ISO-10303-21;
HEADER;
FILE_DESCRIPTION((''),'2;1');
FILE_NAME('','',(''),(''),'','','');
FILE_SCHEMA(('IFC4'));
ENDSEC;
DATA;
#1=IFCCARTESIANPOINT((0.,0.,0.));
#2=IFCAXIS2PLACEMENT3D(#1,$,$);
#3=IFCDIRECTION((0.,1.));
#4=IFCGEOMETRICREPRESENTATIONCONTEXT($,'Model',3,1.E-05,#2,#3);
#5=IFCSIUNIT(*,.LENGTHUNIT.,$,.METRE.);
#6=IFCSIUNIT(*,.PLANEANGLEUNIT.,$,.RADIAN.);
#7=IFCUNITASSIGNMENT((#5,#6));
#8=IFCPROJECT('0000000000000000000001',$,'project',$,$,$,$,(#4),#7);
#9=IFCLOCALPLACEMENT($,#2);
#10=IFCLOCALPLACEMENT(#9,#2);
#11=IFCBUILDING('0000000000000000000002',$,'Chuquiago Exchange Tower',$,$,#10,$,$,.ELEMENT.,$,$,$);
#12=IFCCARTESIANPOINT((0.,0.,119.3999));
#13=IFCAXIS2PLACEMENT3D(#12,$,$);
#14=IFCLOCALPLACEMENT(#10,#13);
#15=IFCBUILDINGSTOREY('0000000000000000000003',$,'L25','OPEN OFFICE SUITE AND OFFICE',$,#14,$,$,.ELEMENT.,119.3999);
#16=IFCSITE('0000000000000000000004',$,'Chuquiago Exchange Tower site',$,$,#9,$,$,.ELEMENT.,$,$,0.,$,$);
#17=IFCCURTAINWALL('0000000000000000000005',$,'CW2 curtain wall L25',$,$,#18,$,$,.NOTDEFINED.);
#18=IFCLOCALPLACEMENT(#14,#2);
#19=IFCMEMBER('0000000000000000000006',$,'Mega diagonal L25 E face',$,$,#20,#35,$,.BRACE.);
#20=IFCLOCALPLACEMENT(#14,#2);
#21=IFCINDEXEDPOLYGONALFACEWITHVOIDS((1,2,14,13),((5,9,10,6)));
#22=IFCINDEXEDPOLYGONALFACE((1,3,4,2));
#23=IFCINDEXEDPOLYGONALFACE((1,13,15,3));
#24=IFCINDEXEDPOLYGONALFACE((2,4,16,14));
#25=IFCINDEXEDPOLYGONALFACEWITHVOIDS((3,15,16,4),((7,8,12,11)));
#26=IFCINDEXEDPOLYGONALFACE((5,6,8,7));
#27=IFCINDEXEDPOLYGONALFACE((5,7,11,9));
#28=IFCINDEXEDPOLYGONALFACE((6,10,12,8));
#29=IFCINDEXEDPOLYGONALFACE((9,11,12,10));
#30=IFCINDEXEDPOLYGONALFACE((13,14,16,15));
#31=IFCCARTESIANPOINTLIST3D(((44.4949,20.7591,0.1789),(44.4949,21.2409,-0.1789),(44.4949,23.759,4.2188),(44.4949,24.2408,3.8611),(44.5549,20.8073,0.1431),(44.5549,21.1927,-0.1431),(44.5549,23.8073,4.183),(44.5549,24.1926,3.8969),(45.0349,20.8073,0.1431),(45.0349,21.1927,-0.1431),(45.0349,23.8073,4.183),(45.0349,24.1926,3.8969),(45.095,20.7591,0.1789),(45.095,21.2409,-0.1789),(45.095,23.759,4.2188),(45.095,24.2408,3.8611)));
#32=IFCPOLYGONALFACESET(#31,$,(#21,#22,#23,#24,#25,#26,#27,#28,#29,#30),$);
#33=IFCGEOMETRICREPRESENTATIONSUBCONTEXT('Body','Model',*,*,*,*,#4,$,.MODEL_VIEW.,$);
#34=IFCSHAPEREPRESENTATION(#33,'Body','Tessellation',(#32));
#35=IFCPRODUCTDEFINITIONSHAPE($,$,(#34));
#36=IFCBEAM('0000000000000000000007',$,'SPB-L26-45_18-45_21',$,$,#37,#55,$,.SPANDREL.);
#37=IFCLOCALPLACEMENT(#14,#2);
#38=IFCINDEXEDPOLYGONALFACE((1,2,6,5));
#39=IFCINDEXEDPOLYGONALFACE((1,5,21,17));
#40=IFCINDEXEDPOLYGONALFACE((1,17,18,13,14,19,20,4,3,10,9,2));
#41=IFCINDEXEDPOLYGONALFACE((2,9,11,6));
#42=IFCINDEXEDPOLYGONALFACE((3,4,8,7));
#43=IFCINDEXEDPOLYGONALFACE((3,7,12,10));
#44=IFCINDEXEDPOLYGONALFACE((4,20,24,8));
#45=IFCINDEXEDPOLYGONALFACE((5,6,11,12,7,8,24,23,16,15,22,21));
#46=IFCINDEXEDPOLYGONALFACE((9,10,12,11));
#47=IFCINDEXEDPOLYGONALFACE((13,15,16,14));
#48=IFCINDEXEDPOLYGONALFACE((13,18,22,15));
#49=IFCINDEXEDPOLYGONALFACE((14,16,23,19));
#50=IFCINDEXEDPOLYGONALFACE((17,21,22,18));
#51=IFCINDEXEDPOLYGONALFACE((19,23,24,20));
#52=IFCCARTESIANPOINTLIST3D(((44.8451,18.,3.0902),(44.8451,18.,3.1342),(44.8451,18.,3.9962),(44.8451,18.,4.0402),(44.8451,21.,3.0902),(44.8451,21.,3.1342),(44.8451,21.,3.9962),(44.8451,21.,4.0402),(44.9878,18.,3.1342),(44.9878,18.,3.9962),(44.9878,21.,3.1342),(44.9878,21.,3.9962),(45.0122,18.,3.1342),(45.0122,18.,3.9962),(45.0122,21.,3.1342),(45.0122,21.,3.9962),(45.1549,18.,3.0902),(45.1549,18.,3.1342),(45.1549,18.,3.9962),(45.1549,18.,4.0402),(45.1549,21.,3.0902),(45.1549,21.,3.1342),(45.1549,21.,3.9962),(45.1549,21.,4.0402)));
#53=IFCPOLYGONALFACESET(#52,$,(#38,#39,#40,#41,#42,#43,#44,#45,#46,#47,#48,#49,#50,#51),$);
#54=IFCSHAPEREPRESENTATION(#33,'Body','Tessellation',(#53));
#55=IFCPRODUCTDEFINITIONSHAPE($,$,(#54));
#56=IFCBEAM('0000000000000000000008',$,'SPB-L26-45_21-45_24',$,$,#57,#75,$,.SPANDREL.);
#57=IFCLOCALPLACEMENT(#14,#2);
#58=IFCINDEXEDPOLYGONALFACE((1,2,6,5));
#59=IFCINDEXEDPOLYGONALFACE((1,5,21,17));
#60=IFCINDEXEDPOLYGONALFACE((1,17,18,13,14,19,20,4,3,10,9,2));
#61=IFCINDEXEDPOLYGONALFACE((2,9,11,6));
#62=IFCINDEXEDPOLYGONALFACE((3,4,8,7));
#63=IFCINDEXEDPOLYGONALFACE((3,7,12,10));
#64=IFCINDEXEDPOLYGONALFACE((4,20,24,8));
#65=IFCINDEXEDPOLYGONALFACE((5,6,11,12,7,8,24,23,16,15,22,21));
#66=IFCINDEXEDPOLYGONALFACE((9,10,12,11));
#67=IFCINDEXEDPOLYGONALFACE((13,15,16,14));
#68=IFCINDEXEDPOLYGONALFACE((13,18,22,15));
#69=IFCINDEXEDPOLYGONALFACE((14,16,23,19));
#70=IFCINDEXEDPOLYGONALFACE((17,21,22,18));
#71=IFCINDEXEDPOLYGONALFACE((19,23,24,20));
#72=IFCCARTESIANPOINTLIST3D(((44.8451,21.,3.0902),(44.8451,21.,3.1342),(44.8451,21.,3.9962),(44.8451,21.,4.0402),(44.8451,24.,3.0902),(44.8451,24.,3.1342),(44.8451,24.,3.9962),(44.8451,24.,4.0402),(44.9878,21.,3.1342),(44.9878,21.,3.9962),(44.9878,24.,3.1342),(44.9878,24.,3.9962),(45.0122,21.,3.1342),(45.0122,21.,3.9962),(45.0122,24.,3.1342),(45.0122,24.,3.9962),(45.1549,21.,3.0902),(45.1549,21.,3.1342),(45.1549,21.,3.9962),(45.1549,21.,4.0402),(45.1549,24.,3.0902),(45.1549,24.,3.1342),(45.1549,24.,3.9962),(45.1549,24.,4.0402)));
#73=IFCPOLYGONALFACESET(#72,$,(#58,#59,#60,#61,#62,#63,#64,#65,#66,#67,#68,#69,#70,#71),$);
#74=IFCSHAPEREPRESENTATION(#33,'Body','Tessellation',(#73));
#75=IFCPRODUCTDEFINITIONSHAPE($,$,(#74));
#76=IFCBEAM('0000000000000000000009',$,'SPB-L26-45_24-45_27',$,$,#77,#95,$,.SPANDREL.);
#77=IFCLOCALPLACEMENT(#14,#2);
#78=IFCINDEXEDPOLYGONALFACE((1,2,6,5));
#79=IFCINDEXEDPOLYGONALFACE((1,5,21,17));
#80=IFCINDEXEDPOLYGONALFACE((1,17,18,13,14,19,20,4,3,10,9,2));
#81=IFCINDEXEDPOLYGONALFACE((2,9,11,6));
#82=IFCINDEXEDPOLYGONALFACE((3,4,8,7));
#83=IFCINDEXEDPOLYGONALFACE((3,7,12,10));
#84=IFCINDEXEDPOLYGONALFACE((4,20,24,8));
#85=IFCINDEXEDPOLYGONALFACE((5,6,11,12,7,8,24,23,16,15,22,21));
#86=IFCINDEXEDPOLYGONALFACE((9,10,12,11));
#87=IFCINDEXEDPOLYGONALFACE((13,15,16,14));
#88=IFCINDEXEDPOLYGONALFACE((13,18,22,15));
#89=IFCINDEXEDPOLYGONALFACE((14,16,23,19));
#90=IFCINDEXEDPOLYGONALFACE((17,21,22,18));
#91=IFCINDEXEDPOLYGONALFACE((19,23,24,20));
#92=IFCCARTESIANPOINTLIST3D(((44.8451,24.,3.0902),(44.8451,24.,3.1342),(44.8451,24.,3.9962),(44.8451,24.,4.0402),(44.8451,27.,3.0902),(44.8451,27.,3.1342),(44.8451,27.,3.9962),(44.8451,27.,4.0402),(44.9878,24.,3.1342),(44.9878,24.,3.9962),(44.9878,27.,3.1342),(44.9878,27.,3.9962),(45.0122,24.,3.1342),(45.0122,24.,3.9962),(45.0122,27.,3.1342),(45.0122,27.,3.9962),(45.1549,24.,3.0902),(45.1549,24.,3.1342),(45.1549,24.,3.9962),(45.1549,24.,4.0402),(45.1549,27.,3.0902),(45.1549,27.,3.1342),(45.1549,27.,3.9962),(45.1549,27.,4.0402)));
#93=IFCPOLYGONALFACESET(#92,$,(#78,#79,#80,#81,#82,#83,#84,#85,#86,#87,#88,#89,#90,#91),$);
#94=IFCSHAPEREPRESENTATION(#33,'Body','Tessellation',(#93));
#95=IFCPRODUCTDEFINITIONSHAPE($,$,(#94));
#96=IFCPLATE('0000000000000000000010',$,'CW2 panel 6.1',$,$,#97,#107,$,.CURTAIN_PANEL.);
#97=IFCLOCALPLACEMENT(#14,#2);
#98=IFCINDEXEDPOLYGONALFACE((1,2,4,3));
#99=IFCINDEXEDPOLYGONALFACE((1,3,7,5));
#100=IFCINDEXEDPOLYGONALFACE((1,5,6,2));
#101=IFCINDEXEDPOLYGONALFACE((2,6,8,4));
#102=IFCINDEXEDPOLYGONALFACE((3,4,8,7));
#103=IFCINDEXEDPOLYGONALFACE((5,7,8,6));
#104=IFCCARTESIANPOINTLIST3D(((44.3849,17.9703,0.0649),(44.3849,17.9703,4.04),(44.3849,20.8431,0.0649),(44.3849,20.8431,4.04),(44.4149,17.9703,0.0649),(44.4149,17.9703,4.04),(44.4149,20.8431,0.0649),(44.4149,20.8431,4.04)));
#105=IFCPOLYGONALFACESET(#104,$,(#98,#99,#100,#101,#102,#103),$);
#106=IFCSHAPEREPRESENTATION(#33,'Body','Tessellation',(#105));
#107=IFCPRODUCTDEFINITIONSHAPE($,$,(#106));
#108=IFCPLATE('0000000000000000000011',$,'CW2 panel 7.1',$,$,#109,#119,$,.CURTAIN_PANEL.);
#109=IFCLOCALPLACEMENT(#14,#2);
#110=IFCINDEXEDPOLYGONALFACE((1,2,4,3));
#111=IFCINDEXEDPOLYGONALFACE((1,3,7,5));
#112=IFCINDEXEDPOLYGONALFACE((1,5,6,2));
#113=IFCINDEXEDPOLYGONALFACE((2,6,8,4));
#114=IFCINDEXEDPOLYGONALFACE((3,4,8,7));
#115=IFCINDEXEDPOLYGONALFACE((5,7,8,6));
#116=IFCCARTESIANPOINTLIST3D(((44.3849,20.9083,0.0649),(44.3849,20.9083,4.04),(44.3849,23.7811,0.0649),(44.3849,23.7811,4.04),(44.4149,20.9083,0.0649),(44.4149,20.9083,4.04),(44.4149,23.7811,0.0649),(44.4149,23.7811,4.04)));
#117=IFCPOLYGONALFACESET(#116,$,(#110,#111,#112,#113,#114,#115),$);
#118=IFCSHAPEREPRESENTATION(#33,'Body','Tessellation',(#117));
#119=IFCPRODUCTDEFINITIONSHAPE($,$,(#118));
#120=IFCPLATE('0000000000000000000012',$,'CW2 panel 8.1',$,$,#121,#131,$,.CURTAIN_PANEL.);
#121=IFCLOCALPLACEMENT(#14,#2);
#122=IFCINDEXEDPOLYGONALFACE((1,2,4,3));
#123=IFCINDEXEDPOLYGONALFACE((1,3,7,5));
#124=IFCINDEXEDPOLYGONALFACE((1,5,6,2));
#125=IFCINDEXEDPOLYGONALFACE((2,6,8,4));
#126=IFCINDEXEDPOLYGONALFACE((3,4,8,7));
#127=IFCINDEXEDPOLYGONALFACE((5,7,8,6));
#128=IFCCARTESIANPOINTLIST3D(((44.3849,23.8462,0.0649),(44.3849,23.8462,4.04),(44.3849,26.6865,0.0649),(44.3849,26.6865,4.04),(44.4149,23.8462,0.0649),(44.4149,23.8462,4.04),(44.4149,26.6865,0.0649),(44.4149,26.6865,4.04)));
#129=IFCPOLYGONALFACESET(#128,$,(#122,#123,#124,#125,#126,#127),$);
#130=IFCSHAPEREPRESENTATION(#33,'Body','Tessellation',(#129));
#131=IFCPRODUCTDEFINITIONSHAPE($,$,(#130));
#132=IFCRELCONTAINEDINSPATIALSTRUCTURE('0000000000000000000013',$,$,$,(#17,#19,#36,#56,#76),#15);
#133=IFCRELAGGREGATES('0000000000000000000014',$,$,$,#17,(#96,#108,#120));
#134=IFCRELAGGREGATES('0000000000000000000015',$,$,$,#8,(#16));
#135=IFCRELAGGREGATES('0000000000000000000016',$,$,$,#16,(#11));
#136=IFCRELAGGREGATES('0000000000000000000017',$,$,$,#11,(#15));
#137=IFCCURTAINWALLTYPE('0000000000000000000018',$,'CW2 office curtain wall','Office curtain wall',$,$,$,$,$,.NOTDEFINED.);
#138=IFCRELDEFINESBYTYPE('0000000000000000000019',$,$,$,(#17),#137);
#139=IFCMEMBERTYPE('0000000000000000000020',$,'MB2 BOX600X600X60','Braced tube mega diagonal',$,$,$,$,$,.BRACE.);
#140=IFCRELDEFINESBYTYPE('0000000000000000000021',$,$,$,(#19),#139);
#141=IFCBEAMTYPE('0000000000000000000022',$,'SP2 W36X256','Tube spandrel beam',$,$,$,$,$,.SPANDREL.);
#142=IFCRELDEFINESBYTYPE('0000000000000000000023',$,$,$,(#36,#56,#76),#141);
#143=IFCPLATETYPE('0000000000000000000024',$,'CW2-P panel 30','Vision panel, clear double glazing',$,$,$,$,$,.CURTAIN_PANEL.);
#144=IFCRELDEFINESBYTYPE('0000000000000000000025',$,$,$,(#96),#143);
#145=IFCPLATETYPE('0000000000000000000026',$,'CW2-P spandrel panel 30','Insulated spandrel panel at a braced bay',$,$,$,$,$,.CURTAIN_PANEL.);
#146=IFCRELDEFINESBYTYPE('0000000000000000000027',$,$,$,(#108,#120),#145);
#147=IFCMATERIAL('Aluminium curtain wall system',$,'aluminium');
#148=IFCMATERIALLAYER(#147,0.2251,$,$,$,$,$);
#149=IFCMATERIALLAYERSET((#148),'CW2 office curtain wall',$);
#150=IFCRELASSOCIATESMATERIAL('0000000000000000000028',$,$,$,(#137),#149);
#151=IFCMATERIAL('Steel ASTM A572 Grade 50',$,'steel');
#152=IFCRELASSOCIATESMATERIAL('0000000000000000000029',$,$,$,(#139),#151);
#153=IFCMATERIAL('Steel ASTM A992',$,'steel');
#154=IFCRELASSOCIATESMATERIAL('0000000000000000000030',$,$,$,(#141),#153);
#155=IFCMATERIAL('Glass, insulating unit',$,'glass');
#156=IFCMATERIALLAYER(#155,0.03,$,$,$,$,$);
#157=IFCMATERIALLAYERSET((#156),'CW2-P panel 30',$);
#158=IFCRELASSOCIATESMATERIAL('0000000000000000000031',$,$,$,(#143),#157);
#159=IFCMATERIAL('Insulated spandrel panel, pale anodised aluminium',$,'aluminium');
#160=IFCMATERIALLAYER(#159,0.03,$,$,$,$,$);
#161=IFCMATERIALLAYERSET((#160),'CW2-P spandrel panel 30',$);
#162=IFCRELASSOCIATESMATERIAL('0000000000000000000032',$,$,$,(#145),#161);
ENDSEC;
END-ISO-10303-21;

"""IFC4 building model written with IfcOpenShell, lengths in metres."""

from ifc_helpers import new_model, si_unit, direction, frame, origin, origin_2d, place, context, subcontext, project, spatial, rectangle, hollow_rectangle, i_section, extrude, material, layer, layer_set, material_profile, profile_set, type_object, element, aggregate, save


model = new_model("IFC4")

# Units and contexts
model_context = context("Model", 3, precision=1e-05, world=origin(), true_north=direction((0.0, 1.0)))
body_context = subcontext(model_context, "Body", "Model", "MODEL_VIEW")
ifc_project = project(units=[si_unit("LENGTHUNIT", "METRE"), si_unit("PLANEANGLEUNIT", "RADIAN")], contexts=[model_context])

# Site, building, storey
site_placement = place(None, origin())
site = spatial("IfcSite", under=ifc_project, at=site_placement, Name="Chuquiago Exchange Tower site", CompositionType="ELEMENT", RefElevation=0.0)
building_placement = place(site_placement, origin())
building = spatial("IfcBuilding", under=site, at=building_placement, Name="Chuquiago Exchange Tower", CompositionType="ELEMENT")
storey_placement = place(building_placement, frame((0.0, 0.0, 119.3999)))
storey = spatial("IfcBuildingStorey", under=building, at=storey_placement, Name="L25", Description="OPEN OFFICE SUITE AND OFFICE", CompositionType="ELEMENT", Elevation=119.3999)

# Curtain wall
ifc_material_1 = material(Name="Aluminium curtain wall system", Category="aluminium")
ifc_layer_1 = layer(ifc_material_1, 0.2251)
ifc_layer_set_1 = layer_set([ifc_layer_1], Name="CW2 office curtain wall")
curtain_wall_type_1 = type_object("IfcCurtainWallType", Name="CW2 office curtain wall", Description="Office curtain wall", PredefinedType="NOTDEFINED", material=ifc_layer_set_1)
curtain_wall_1_placement = place(storey_placement, origin())
curtain_wall_1 = element("IfcCurtainWall", 1, at=curtain_wall_1_placement, inside=storey, type_object=curtain_wall_type_1, Name="CW2 curtain wall L25", PredefinedType="NOTDEFINED")

# Member
ifc_material_2 = material(Name="Steel ASTM A572 Grade 50", Category="steel")
ifc_material_profile_1 = material_profile(ifc_material_2, hollow_rectangle(XDim=0.6001, YDim=0.6001, WallThickness=0.0601, at=origin_2d()), Name="BOX600X600X60")
ifc_profile_set_1 = profile_set([ifc_material_profile_1], Name="Steel ASTM A572 Grade 50")
member_type_1 = type_object("IfcMemberType", Name="MB2 BOX600X600X60", Description="Braced tube mega diagonal", PredefinedType="BRACE", material=ifc_profile_set_1)
for number, where, z_axis, x_axis, name in (
    (2, (44.7949, 21.0, 0.0), (0.0, 0.596174, 0.802855), (-1.0, 0.0, 0.0), "Mega diagonal L25 E face"),
):
    element("IfcMember", number, at=place(storey_placement, frame(where, z_axis=z_axis, x_axis=x_axis)), inside=storey, type_object=member_type_1, Name=name, PredefinedType="BRACE", context=body_context, shape_type="SweptSolid", body=[
        extrude(hollow_rectangle(XDim=0.6001, YDim=0.6001, WallThickness=0.0601, at=origin_2d()), origin(), (0.0, 0.0, 1.0), 5.032),
    ])

# Beams
ifc_material_3 = material(Name="Steel ASTM A992", Category="steel")
ifc_material_profile_2 = material_profile(ifc_material_3, i_section(OverallWidth=0.3098, OverallDepth=0.95, WebThickness=0.0244, FlangeThickness=0.0439, at=origin_2d()), Name="W36X256")
ifc_profile_set_2 = profile_set([ifc_material_profile_2], Name="Steel ASTM A992")
beam_type = type_object("IfcBeamType", Name="SP2 W36X256", Description="Tube spandrel beam", PredefinedType="SPANDREL", material=ifc_profile_set_2)
for number, where, z_axis, x_axis, name in (
    (3, (45.0, 18.0, 3.5652), (0.0, 1.0, 0.0), (-1.0, 0.0, 0.0), "SPB-L26-45_18-45_21"),
    (4, (45.0, 21.0, 3.5652), (0.0, 1.0, 0.0), (-1.0, 0.0, 0.0), "SPB-L26-45_21-45_24"),
    (5, (45.0, 24.0, 3.5652), (0.0, 1.0, 0.0), (-1.0, 0.0, 0.0), "SPB-L26-45_24-45_27"),
):
    element("IfcBeam", number, at=place(storey_placement, frame(where, z_axis=z_axis, x_axis=x_axis)), inside=storey, type_object=beam_type, Name=name, PredefinedType="SPANDREL", context=body_context, shape_type="SweptSolid", body=[
        extrude(i_section(OverallWidth=0.3098, OverallDepth=0.95, WebThickness=0.0244, FlangeThickness=0.0439, at=origin_2d()), origin(), (0.0, 0.0, 1.0), 3.0),
    ])

# Plates
ifc_material_4 = material(Name="Glass, insulating unit", Category="glass")
ifc_layer_2 = layer(ifc_material_4, 0.03)
ifc_layer_set_2 = layer_set([ifc_layer_2], Name="CW2-P panel 30")
plate_type_1 = type_object("IfcPlateType", Name="CW2-P panel 30", Description="Vision panel, clear double glazing", PredefinedType="CURTAIN_PANEL", material=ifc_layer_set_2)
plate_1_placement = place(storey_placement, frame((44.3999, 19.4067, 0.0649), z_axis=(0.0, 0.0, 1.0), x_axis=(0.0, 1.0, 0.0)))
plate_1 = element("IfcPlate", 6, at=plate_1_placement, type_object=plate_type_1, Name="CW2 panel 6.1", PredefinedType="CURTAIN_PANEL", context=body_context, shape_type="SweptSolid", body=[
    extrude(rectangle(XDim=2.8728, YDim=0.03, at=origin_2d()), origin(), (0.0, 0.0, 1.0), 3.9751),
])
ifc_material_5 = material(Name="Insulated spandrel panel, pale anodised aluminium", Category="aluminium")
ifc_layer_3 = layer(ifc_material_5, 0.03)
ifc_layer_set_3 = layer_set([ifc_layer_3], Name="CW2-P spandrel panel 30")
plate_type_2 = type_object("IfcPlateType", Name="CW2-P spandrel panel 30", Description="Insulated spandrel panel at a braced bay", PredefinedType="CURTAIN_PANEL", material=ifc_layer_set_3)
plate_2_placement = place(storey_placement, frame((44.3999, 22.3447, 0.0649), z_axis=(0.0, 0.0, 1.0), x_axis=(0.0, 1.0, 0.0)))
plate_2 = element("IfcPlate", 7, at=plate_2_placement, type_object=plate_type_2, Name="CW2 panel 7.1", PredefinedType="CURTAIN_PANEL", context=body_context, shape_type="SweptSolid", body=[
    extrude(rectangle(XDim=2.8728, YDim=0.03, at=origin_2d()), origin(), (0.0, 0.0, 1.0), 3.9751),
])
plate_3_placement = place(storey_placement, frame((44.3999, 25.2664, 0.0649), z_axis=(0.0, 0.0, 1.0), x_axis=(0.0, 1.0, 0.0)))
plate_3 = element("IfcPlate", 8, at=plate_3_placement, type_object=plate_type_2, Name="CW2 panel 8.1", PredefinedType="CURTAIN_PANEL", context=body_context, shape_type="SweptSolid", body=[
    extrude(rectangle(XDim=2.8403, YDim=0.03, at=origin_2d()), origin(), (0.0, 0.0, 1.0), 3.9751),
])
aggregate(curtain_wall_1, [plate_1, plate_2, plate_3])

save(model, "model.ifc")
